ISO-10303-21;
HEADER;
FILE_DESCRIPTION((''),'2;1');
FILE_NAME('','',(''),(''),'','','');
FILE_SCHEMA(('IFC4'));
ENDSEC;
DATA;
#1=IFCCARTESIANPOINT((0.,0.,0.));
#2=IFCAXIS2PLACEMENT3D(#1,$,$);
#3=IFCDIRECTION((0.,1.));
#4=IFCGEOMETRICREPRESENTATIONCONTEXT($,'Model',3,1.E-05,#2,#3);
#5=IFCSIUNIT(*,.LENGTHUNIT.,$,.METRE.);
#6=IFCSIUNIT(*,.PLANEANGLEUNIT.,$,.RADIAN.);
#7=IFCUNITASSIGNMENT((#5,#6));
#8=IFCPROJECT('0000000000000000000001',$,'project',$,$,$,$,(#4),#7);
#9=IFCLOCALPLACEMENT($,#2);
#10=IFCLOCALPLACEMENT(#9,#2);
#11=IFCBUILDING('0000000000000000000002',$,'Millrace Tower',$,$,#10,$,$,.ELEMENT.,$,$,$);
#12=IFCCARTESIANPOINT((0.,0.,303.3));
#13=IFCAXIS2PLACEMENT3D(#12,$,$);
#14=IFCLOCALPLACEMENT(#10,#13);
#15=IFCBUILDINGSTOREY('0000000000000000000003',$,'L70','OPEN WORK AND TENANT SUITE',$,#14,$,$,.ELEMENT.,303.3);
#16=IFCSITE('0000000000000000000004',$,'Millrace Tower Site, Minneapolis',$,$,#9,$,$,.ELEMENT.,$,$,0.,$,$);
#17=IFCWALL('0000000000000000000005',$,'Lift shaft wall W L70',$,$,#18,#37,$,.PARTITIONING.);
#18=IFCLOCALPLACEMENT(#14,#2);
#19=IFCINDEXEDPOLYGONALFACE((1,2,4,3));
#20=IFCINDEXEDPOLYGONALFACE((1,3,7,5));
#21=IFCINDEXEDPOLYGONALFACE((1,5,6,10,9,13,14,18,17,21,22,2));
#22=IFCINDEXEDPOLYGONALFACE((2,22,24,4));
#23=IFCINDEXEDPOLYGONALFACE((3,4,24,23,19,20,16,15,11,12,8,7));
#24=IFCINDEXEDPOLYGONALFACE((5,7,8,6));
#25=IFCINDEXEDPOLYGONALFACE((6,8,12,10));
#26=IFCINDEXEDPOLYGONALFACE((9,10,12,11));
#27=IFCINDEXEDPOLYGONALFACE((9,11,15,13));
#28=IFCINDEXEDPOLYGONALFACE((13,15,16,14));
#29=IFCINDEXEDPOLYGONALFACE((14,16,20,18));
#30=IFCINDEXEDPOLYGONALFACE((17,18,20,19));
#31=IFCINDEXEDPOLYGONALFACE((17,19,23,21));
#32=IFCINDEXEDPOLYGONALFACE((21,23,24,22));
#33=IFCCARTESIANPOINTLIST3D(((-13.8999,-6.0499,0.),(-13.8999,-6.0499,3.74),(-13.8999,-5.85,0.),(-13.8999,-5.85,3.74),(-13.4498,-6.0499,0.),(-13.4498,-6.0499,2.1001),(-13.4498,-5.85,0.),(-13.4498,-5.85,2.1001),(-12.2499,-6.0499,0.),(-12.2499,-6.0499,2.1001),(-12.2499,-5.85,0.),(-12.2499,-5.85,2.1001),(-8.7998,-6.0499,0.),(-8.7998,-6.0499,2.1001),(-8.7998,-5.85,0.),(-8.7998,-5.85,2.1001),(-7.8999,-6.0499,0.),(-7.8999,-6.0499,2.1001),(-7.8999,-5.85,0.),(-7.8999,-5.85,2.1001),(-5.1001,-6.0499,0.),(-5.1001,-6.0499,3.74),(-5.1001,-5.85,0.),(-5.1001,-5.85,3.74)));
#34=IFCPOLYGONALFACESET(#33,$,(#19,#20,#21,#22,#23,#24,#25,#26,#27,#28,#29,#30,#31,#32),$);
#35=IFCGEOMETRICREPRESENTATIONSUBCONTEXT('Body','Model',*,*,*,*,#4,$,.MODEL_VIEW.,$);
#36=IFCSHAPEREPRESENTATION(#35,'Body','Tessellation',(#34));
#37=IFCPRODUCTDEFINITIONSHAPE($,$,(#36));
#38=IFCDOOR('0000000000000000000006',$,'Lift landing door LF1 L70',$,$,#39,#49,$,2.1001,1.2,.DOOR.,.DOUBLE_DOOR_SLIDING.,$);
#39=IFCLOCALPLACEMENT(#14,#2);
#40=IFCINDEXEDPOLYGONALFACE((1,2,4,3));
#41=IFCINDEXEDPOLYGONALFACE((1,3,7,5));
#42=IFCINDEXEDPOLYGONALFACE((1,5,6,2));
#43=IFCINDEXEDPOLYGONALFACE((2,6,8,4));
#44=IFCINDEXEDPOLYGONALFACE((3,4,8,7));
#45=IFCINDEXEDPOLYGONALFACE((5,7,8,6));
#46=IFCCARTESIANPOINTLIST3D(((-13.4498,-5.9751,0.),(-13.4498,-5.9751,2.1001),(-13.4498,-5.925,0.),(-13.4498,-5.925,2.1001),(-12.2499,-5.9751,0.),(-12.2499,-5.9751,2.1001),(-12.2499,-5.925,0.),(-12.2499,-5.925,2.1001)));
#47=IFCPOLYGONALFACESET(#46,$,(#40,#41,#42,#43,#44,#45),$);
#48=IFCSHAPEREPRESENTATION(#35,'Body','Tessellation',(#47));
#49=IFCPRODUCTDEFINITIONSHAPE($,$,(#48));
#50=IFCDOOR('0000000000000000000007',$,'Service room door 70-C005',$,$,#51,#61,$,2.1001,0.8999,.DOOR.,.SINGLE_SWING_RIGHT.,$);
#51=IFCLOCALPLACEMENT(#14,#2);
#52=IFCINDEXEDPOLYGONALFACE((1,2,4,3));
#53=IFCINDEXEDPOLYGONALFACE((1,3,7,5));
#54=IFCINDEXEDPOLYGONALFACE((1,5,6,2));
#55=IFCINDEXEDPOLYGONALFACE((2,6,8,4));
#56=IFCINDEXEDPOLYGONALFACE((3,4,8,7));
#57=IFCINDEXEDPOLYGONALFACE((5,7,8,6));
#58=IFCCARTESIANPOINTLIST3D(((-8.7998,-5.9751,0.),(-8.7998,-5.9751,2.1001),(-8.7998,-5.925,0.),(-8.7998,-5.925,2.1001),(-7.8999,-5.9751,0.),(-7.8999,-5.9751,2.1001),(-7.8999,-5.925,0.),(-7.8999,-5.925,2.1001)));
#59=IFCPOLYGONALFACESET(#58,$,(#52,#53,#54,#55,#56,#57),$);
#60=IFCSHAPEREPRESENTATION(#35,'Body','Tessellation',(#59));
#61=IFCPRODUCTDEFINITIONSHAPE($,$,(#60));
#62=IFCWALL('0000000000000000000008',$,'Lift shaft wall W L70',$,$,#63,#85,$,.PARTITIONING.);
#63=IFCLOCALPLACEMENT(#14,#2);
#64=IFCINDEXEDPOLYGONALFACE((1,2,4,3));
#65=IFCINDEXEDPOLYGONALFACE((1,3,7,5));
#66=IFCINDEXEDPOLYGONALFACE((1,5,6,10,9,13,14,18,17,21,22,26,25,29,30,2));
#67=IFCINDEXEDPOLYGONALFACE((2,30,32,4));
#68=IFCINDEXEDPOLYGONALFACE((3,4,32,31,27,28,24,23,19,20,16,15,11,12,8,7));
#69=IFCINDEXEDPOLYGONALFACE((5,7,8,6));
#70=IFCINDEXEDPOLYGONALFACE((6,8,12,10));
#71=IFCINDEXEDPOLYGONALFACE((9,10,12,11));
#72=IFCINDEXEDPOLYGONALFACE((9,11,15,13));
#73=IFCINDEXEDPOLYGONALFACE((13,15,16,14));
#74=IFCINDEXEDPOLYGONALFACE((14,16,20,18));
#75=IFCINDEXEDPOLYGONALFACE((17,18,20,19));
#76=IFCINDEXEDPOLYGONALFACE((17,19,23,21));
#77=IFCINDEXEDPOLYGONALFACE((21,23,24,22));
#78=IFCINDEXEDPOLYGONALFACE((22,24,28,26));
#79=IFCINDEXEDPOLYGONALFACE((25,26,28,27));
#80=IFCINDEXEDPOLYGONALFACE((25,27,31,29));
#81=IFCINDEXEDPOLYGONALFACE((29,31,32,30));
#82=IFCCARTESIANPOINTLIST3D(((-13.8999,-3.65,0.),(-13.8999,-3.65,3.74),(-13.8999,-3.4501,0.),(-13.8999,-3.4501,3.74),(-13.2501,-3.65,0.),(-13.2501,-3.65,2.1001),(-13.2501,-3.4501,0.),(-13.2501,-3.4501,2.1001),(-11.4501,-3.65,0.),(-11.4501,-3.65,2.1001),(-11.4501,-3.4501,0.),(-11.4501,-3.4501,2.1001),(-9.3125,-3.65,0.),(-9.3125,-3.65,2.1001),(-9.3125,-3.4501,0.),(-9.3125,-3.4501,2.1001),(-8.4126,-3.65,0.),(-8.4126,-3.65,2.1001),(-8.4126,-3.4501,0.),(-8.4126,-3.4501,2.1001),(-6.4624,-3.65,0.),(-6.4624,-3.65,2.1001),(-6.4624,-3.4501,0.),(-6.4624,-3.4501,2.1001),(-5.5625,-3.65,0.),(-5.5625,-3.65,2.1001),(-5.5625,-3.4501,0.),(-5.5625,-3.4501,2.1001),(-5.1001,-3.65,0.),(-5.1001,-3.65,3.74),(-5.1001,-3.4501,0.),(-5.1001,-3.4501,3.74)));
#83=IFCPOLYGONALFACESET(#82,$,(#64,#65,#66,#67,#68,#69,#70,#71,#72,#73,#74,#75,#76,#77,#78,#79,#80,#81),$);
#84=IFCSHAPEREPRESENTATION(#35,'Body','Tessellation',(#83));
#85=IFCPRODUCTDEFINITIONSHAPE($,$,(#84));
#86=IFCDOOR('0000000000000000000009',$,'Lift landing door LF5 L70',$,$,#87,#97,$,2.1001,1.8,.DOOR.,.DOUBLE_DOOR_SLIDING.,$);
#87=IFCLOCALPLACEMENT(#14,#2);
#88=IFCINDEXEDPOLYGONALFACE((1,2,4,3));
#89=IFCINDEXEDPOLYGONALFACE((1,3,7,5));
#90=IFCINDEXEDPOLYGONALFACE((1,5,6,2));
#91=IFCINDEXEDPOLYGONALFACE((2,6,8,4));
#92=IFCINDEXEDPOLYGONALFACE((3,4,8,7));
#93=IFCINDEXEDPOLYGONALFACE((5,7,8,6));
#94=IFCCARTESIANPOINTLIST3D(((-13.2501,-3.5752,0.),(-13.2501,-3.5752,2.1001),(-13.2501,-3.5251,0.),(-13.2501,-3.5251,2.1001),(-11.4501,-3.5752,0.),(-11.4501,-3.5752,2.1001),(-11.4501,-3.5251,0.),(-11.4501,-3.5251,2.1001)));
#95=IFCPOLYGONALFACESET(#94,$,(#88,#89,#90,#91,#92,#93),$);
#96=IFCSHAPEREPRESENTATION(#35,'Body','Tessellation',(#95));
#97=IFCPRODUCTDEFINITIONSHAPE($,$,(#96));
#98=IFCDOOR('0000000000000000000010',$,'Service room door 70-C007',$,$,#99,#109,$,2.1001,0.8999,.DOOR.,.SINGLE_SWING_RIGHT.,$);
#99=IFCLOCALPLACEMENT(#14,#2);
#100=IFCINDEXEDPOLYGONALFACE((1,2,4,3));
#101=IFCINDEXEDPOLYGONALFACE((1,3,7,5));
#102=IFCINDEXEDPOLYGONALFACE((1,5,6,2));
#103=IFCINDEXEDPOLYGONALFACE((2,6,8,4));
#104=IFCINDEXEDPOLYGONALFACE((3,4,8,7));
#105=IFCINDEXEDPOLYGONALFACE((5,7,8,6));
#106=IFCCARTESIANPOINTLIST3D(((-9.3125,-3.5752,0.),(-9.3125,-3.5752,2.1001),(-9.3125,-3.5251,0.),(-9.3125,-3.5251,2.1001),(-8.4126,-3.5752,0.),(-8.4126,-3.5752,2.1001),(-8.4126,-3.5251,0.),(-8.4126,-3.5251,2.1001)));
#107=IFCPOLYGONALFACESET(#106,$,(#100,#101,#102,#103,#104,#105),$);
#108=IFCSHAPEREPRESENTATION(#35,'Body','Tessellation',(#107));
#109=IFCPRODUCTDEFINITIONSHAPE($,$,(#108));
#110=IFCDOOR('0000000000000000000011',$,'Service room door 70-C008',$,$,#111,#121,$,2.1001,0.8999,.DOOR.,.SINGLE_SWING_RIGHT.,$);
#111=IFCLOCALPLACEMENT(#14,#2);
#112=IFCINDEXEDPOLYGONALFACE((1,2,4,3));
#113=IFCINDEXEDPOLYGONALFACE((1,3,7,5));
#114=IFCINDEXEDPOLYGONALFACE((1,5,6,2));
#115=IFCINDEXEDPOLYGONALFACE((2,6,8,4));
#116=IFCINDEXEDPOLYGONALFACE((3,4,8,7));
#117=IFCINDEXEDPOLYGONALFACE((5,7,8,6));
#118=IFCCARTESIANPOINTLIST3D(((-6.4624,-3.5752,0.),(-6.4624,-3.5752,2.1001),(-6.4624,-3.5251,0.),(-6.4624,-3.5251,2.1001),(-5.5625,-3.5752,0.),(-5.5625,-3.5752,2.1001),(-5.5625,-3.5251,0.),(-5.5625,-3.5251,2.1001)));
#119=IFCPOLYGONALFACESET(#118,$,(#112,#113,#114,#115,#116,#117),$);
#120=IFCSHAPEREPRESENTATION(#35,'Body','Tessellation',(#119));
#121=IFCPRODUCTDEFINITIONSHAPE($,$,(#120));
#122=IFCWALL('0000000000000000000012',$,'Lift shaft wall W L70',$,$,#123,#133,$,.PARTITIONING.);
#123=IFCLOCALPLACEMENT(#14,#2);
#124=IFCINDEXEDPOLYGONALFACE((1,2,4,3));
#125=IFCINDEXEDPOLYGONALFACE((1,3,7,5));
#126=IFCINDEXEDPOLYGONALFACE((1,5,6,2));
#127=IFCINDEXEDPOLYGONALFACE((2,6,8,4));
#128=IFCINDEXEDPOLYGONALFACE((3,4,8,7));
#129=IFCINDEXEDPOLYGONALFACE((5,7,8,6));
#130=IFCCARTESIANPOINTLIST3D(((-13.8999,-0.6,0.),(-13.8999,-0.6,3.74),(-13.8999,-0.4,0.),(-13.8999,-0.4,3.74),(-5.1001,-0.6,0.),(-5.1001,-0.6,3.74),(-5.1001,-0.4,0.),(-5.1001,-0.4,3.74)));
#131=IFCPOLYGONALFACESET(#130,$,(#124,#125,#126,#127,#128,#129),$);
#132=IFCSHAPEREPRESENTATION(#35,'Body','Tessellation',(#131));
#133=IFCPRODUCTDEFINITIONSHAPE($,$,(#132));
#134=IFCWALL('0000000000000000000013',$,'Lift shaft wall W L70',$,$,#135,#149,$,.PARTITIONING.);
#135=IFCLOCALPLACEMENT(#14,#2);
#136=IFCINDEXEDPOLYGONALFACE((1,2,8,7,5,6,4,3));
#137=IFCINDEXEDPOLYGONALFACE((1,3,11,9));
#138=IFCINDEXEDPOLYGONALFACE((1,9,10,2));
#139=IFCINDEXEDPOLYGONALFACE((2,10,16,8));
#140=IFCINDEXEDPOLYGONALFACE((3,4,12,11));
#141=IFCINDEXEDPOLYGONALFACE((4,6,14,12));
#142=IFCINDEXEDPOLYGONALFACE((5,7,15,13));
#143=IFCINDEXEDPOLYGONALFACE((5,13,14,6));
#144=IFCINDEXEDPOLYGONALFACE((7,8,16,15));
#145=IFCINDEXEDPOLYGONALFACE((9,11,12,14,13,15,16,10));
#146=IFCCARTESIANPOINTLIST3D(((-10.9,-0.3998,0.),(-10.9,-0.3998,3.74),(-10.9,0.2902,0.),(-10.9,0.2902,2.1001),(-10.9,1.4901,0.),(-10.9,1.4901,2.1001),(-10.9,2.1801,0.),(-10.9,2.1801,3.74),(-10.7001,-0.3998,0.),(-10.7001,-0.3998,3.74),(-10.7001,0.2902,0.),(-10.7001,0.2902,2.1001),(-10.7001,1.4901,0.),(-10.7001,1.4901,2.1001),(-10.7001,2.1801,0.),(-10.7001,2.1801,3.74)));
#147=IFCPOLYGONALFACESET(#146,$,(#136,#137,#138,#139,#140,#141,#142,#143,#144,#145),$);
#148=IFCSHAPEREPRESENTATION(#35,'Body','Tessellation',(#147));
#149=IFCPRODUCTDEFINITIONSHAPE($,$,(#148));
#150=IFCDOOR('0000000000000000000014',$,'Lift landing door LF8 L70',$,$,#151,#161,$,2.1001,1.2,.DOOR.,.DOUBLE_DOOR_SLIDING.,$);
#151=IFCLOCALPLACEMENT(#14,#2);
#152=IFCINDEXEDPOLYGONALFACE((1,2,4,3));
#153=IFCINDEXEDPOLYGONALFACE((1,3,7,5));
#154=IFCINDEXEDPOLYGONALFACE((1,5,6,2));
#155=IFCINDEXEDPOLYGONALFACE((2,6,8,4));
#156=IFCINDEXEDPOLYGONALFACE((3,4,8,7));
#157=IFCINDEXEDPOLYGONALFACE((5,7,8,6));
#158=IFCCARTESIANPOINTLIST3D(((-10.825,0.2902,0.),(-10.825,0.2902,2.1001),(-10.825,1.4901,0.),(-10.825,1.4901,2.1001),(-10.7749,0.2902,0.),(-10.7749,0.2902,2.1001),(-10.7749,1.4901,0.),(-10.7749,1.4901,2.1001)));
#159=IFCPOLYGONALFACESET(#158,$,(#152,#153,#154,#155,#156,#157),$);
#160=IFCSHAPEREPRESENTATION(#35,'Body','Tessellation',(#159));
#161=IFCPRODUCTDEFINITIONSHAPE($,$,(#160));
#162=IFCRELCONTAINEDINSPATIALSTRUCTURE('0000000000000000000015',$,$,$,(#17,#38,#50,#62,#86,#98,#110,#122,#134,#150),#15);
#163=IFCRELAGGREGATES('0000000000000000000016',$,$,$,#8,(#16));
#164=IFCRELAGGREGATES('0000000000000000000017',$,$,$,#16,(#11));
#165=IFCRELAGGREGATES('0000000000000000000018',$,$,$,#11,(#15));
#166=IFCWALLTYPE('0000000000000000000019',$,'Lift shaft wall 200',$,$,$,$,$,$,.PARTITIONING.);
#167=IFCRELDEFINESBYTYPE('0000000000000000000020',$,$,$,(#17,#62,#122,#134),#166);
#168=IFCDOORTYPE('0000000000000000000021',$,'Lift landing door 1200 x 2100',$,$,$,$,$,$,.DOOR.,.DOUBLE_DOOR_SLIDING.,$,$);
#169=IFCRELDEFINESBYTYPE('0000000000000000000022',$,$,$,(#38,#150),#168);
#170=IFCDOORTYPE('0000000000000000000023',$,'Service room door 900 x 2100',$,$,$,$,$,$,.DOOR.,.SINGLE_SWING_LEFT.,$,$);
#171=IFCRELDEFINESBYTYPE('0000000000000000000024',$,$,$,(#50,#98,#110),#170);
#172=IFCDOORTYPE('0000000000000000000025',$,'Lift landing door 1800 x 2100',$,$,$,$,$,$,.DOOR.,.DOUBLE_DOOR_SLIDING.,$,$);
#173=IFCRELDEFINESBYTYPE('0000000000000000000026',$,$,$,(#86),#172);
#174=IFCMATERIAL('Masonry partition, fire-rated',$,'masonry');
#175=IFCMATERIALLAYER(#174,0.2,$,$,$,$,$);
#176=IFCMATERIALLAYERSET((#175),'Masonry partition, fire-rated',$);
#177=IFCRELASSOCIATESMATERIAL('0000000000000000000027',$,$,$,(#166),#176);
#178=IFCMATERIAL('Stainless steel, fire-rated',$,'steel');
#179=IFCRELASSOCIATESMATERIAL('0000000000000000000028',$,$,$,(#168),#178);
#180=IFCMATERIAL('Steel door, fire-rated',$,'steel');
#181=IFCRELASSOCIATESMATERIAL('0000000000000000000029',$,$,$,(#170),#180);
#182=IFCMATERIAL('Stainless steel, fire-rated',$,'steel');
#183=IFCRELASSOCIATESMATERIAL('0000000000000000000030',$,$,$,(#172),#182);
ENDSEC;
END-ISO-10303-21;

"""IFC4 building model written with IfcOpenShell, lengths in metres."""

from ifc_helpers import new_model, si_unit, direction, frame, frame_2d, origin, place, context, subcontext, project, spatial, rectangle, extrude, material, layer, layer_set, type_object, element, fill, save


model = new_model("IFC4")

# Units and contexts
model_context = context("Model", 3, precision=1e-05, world=origin(), true_north=direction((0.0, 1.0)))
body_context = subcontext(model_context, "Body", "Model", "MODEL_VIEW")
ifc_project = project(units=[si_unit("LENGTHUNIT", "METRE"), si_unit("PLANEANGLEUNIT", "RADIAN")], contexts=[model_context])

# Site, building, storey
site_placement = place(None, origin())
site = spatial("IfcSite", under=ifc_project, at=site_placement, Name="Millrace Tower Site, Minneapolis", CompositionType="ELEMENT", RefElevation=0.0)
building_placement = place(site_placement, origin())
building = spatial("IfcBuilding", under=site, at=building_placement, Name="Millrace Tower", CompositionType="ELEMENT")
storey_placement = place(building_placement, frame((0.0, 0.0, 303.3)))
storey = spatial("IfcBuildingStorey", under=building, at=storey_placement, Name="L70", Description="OPEN WORK AND TENANT SUITE", CompositionType="ELEMENT", Elevation=303.3)

# Walls, openings, doors
ifc_material_1 = material(Name="Masonry partition, fire-rated", Category="masonry")
ifc_layer_1 = layer(ifc_material_1, 0.2)
ifc_layer_set_1 = layer_set([ifc_layer_1], Name="Masonry partition, fire-rated")
wall_type_1 = type_object("IfcWallType", Name="Lift shaft wall 200", PredefinedType="PARTITIONING", material=ifc_layer_set_1)
wall_1_placement = place(storey_placement, frame((-13.8999, -5.95, 0.0), z_axis=(0.0, 0.0, 1.0), x_axis=(1.0, 0.0, 0.0)))
wall_1 = element("IfcWall", 1, at=wall_1_placement, inside=storey, type_object=wall_type_1, Name="Lift shaft wall W L70", PredefinedType="PARTITIONING", context=body_context, shape_type="SweptSolid", body=[
    extrude(rectangle(XDim=8.7998, YDim=0.2, at=frame_2d((4.3999, 0.0))), origin(), (0.0, 0.0, 1.0), 3.74),
])
opening_1_placement = place(wall_1_placement, frame((0.45, 0.0, 0.0)))
opening_1 = element("IfcOpeningElement", 2, at=opening_1_placement, cuts=wall_1, PredefinedType="OPENING", context=body_context, shape_type="SweptSolid", body=[
    extrude(rectangle(XDim=1.2, YDim=2.1001, at=frame_2d((0.6001, 1.05))), frame((0.0, 0.1099, 0.0), z_axis=(0.0, -1.0, 0.0), x_axis=(1.0, 0.0, 0.0)), (0.0, 0.0, 1.0), 0.22),
])
opening_2_placement = place(wall_1_placement, frame((5.1001, 0.0, 0.0)))
opening_2 = element("IfcOpeningElement", 3, at=opening_2_placement, cuts=wall_1, PredefinedType="OPENING", context=body_context, shape_type="SweptSolid", body=[
    extrude(rectangle(XDim=0.8999, YDim=2.1001, at=frame_2d((0.45, 1.05))), frame((0.0, 0.1099, 0.0), z_axis=(0.0, -1.0, 0.0), x_axis=(1.0, 0.0, 0.0)), (0.0, 0.0, 1.0), 0.22),
])
ifc_material_2 = material(Name="Stainless steel, fire-rated", Category="steel")
door_type_1 = type_object("IfcDoorType", Name="Lift landing door 1200 x 2100", OperationType="DOUBLE_DOOR_SLIDING", PredefinedType="DOOR", material=ifc_material_2)
door_1_placement = place(opening_1_placement, origin())
door_1 = element("IfcDoor", 4, at=door_1_placement, inside=storey, type_object=door_type_1, Name="Lift landing door LF1 L70", OperationType="DOUBLE_DOOR_SLIDING", OverallHeight=2.1001, OverallWidth=1.2, PredefinedType="DOOR", context=body_context, shape_type="SweptSolid", body=[
    extrude(rectangle(XDim=1.2, YDim=2.1001, at=frame_2d((0.6001, 1.05))), frame((0.0, 0.0249, 0.0), z_axis=(0.0, -1.0, 0.0), x_axis=(1.0, 0.0, 0.0)), (0.0, 0.0, 1.0), 0.05),
])
fill(opening_1, door_1)
ifc_material_3 = material(Name="Steel door, fire-rated", Category="steel")
door_type_2 = type_object("IfcDoorType", Name="Service room door 900 x 2100", OperationType="SINGLE_SWING_LEFT", PredefinedType="DOOR", material=ifc_material_3)
door_2_placement = place(opening_2_placement, origin())
door_2 = element("IfcDoor", 5, at=door_2_placement, inside=storey, type_object=door_type_2, Name="Service room door 70-C005", OperationType="SINGLE_SWING_RIGHT", OverallHeight=2.1001, OverallWidth=0.8999, PredefinedType="DOOR", context=body_context, shape_type="SweptSolid", body=[
    extrude(rectangle(XDim=0.8999, YDim=2.1001, at=frame_2d((0.45, 1.05))), frame((0.0, 0.0249, 0.0), z_axis=(0.0, -1.0, 0.0), x_axis=(1.0, 0.0, 0.0)), (0.0, 0.0, 1.0), 0.05),
])
fill(opening_2, door_2)
wall_2_placement = place(storey_placement, frame((-13.8999, -3.55, 0.0), z_axis=(0.0, 0.0, 1.0), x_axis=(1.0, 0.0, 0.0)))
wall_2 = element("IfcWall", 6, at=wall_2_placement, inside=storey, type_object=wall_type_1, Name="Lift shaft wall W L70", PredefinedType="PARTITIONING", context=body_context, shape_type="SweptSolid", body=[
    extrude(rectangle(XDim=8.7998, YDim=0.2, at=frame_2d((4.3999, 0.0))), origin(), (0.0, 0.0, 1.0), 3.74),
])
opening_3_placement = place(wall_2_placement, frame((0.6499, 0.0, 0.0)))
opening_3 = element("IfcOpeningElement", 7, at=opening_3_placement, cuts=wall_2, PredefinedType="OPENING", context=body_context, shape_type="SweptSolid", body=[
    extrude(rectangle(XDim=1.8, YDim=2.1001, at=frame_2d((0.8999, 1.05))), frame((0.0, 0.1099, 0.0), z_axis=(0.0, -1.0, 0.0), x_axis=(1.0, 0.0, 0.0)), (0.0, 0.0, 1.0), 0.22),
])
opening_4_placement = place(wall_2_placement, frame((4.5874, 0.0, 0.0)))
opening_4 = element("IfcOpeningElement", 8, at=opening_4_placement, cuts=wall_2, PredefinedType="OPENING", context=body_context, shape_type="SweptSolid", body=[
    extrude(rectangle(XDim=0.8999, YDim=2.1001, at=frame_2d((0.45, 1.05))), frame((0.0, 0.1099, 0.0), z_axis=(0.0, -1.0, 0.0), x_axis=(1.0, 0.0, 0.0)), (0.0, 0.0, 1.0), 0.22),
])
opening_5_placement = place(wall_2_placement, frame((7.4375, 0.0, 0.0)))
opening_5 = element("IfcOpeningElement", 9, at=opening_5_placement, cuts=wall_2, PredefinedType="OPENING", context=body_context, shape_type="SweptSolid", body=[
    extrude(rectangle(XDim=0.8999, YDim=2.1001, at=frame_2d((0.45, 1.05))), frame((0.0, 0.1099, 0.0), z_axis=(0.0, -1.0, 0.0), x_axis=(1.0, 0.0, 0.0)), (0.0, 0.0, 1.0), 0.22),
])
ifc_material_4 = material(Name="Stainless steel, fire-rated", Category="steel")
door_type_3 = type_object("IfcDoorType", Name="Lift landing door 1800 x 2100", OperationType="DOUBLE_DOOR_SLIDING", PredefinedType="DOOR", material=ifc_material_4)
door_3_placement = place(opening_3_placement, origin())
door_3 = element("IfcDoor", 10, at=door_3_placement, inside=storey, type_object=door_type_3, Name="Lift landing door LF5 L70", OperationType="DOUBLE_DOOR_SLIDING", OverallHeight=2.1001, OverallWidth=1.8, PredefinedType="DOOR", context=body_context, shape_type="SweptSolid", body=[
    extrude(rectangle(XDim=1.8, YDim=2.1001, at=frame_2d((0.8999, 1.05))), frame((0.0, 0.0249, 0.0), z_axis=(0.0, -1.0, 0.0), x_axis=(1.0, 0.0, 0.0)), (0.0, 0.0, 1.0), 0.05),
])
fill(opening_3, door_3)
door_4_placement = place(opening_4_placement, origin())
door_4 = element("IfcDoor", 11, at=door_4_placement, inside=storey, type_object=door_type_2, Name="Service room door 70-C007", OperationType="SINGLE_SWING_RIGHT", OverallHeight=2.1001, OverallWidth=0.8999, PredefinedType="DOOR", context=body_context, shape_type="SweptSolid", body=[
    extrude(rectangle(XDim=0.8999, YDim=2.1001, at=frame_2d((0.45, 1.05))), frame((0.0, 0.0249, 0.0), z_axis=(0.0, -1.0, 0.0), x_axis=(1.0, 0.0, 0.0)), (0.0, 0.0, 1.0), 0.05),
])
fill(opening_4, door_4)
door_5_placement = place(opening_5_placement, origin())
door_5 = element("IfcDoor", 12, at=door_5_placement, inside=storey, type_object=door_type_2, Name="Service room door 70-C008", OperationType="SINGLE_SWING_RIGHT", OverallHeight=2.1001, OverallWidth=0.8999, PredefinedType="DOOR", context=body_context, shape_type="SweptSolid", body=[
    extrude(rectangle(XDim=0.8999, YDim=2.1001, at=frame_2d((0.45, 1.05))), frame((0.0, 0.0249, 0.0), z_axis=(0.0, -1.0, 0.0), x_axis=(1.0, 0.0, 0.0)), (0.0, 0.0, 1.0), 0.05),
])
fill(opening_5, door_5)

# Wall
wall_3_placement = place(storey_placement, frame((-13.8999, -0.5, 0.0), z_axis=(0.0, 0.0, 1.0), x_axis=(1.0, 0.0, 0.0)))
element("IfcWall", 13, at=wall_3_placement, inside=storey, type_object=wall_type_1, Name="Lift shaft wall W L70", PredefinedType="PARTITIONING", context=body_context, shape_type="SweptSolid", body=[
    extrude(rectangle(XDim=8.7998, YDim=0.2, at=frame_2d((4.3999, 0.0))), origin(), (0.0, 0.0, 1.0), 3.74),
])

# Wall, opening, door
wall_4_placement = place(storey_placement, frame((-10.8, -0.3999, 0.0), z_axis=(0.0, 0.0, 1.0), x_axis=(0.0, 1.0, 0.0)))
wall_4 = element("IfcWall", 14, at=wall_4_placement, inside=storey, type_object=wall_type_1, Name="Lift shaft wall W L70", PredefinedType="PARTITIONING", context=body_context, shape_type="SweptSolid", body=[
    extrude(rectangle(XDim=2.5798, YDim=0.2, at=frame_2d((1.29, 0.0))), origin(), (0.0, 0.0, 1.0), 3.74),
])
opening_6_placement = place(wall_4_placement, frame((0.6899, 0.0, 0.0)))
opening_6 = element("IfcOpeningElement", 15, at=opening_6_placement, cuts=wall_4, PredefinedType="OPENING", context=body_context, shape_type="SweptSolid", body=[
    extrude(rectangle(XDim=1.2, YDim=2.1001, at=frame_2d((0.6001, 1.05))), frame((0.0, 0.1099, 0.0), z_axis=(0.0, -1.0, 0.0), x_axis=(1.0, 0.0, 0.0)), (0.0, 0.0, 1.0), 0.22),
])
door_6_placement = place(opening_6_placement, origin())
door_6 = element("IfcDoor", 16, at=door_6_placement, inside=storey, type_object=door_type_1, Name="Lift landing door LF8 L70", OperationType="DOUBLE_DOOR_SLIDING", OverallHeight=2.1001, OverallWidth=1.2, PredefinedType="DOOR", context=body_context, shape_type="SweptSolid", body=[
    extrude(rectangle(XDim=1.2, YDim=2.1001, at=frame_2d((0.6001, 1.05))), frame((0.0, 0.0249, 0.0), z_axis=(0.0, -1.0, 0.0), x_axis=(1.0, 0.0, 0.0)), (0.0, 0.0, 1.0), 0.05),
])
fill(opening_6, door_6)

save(model, "model.ifc")
